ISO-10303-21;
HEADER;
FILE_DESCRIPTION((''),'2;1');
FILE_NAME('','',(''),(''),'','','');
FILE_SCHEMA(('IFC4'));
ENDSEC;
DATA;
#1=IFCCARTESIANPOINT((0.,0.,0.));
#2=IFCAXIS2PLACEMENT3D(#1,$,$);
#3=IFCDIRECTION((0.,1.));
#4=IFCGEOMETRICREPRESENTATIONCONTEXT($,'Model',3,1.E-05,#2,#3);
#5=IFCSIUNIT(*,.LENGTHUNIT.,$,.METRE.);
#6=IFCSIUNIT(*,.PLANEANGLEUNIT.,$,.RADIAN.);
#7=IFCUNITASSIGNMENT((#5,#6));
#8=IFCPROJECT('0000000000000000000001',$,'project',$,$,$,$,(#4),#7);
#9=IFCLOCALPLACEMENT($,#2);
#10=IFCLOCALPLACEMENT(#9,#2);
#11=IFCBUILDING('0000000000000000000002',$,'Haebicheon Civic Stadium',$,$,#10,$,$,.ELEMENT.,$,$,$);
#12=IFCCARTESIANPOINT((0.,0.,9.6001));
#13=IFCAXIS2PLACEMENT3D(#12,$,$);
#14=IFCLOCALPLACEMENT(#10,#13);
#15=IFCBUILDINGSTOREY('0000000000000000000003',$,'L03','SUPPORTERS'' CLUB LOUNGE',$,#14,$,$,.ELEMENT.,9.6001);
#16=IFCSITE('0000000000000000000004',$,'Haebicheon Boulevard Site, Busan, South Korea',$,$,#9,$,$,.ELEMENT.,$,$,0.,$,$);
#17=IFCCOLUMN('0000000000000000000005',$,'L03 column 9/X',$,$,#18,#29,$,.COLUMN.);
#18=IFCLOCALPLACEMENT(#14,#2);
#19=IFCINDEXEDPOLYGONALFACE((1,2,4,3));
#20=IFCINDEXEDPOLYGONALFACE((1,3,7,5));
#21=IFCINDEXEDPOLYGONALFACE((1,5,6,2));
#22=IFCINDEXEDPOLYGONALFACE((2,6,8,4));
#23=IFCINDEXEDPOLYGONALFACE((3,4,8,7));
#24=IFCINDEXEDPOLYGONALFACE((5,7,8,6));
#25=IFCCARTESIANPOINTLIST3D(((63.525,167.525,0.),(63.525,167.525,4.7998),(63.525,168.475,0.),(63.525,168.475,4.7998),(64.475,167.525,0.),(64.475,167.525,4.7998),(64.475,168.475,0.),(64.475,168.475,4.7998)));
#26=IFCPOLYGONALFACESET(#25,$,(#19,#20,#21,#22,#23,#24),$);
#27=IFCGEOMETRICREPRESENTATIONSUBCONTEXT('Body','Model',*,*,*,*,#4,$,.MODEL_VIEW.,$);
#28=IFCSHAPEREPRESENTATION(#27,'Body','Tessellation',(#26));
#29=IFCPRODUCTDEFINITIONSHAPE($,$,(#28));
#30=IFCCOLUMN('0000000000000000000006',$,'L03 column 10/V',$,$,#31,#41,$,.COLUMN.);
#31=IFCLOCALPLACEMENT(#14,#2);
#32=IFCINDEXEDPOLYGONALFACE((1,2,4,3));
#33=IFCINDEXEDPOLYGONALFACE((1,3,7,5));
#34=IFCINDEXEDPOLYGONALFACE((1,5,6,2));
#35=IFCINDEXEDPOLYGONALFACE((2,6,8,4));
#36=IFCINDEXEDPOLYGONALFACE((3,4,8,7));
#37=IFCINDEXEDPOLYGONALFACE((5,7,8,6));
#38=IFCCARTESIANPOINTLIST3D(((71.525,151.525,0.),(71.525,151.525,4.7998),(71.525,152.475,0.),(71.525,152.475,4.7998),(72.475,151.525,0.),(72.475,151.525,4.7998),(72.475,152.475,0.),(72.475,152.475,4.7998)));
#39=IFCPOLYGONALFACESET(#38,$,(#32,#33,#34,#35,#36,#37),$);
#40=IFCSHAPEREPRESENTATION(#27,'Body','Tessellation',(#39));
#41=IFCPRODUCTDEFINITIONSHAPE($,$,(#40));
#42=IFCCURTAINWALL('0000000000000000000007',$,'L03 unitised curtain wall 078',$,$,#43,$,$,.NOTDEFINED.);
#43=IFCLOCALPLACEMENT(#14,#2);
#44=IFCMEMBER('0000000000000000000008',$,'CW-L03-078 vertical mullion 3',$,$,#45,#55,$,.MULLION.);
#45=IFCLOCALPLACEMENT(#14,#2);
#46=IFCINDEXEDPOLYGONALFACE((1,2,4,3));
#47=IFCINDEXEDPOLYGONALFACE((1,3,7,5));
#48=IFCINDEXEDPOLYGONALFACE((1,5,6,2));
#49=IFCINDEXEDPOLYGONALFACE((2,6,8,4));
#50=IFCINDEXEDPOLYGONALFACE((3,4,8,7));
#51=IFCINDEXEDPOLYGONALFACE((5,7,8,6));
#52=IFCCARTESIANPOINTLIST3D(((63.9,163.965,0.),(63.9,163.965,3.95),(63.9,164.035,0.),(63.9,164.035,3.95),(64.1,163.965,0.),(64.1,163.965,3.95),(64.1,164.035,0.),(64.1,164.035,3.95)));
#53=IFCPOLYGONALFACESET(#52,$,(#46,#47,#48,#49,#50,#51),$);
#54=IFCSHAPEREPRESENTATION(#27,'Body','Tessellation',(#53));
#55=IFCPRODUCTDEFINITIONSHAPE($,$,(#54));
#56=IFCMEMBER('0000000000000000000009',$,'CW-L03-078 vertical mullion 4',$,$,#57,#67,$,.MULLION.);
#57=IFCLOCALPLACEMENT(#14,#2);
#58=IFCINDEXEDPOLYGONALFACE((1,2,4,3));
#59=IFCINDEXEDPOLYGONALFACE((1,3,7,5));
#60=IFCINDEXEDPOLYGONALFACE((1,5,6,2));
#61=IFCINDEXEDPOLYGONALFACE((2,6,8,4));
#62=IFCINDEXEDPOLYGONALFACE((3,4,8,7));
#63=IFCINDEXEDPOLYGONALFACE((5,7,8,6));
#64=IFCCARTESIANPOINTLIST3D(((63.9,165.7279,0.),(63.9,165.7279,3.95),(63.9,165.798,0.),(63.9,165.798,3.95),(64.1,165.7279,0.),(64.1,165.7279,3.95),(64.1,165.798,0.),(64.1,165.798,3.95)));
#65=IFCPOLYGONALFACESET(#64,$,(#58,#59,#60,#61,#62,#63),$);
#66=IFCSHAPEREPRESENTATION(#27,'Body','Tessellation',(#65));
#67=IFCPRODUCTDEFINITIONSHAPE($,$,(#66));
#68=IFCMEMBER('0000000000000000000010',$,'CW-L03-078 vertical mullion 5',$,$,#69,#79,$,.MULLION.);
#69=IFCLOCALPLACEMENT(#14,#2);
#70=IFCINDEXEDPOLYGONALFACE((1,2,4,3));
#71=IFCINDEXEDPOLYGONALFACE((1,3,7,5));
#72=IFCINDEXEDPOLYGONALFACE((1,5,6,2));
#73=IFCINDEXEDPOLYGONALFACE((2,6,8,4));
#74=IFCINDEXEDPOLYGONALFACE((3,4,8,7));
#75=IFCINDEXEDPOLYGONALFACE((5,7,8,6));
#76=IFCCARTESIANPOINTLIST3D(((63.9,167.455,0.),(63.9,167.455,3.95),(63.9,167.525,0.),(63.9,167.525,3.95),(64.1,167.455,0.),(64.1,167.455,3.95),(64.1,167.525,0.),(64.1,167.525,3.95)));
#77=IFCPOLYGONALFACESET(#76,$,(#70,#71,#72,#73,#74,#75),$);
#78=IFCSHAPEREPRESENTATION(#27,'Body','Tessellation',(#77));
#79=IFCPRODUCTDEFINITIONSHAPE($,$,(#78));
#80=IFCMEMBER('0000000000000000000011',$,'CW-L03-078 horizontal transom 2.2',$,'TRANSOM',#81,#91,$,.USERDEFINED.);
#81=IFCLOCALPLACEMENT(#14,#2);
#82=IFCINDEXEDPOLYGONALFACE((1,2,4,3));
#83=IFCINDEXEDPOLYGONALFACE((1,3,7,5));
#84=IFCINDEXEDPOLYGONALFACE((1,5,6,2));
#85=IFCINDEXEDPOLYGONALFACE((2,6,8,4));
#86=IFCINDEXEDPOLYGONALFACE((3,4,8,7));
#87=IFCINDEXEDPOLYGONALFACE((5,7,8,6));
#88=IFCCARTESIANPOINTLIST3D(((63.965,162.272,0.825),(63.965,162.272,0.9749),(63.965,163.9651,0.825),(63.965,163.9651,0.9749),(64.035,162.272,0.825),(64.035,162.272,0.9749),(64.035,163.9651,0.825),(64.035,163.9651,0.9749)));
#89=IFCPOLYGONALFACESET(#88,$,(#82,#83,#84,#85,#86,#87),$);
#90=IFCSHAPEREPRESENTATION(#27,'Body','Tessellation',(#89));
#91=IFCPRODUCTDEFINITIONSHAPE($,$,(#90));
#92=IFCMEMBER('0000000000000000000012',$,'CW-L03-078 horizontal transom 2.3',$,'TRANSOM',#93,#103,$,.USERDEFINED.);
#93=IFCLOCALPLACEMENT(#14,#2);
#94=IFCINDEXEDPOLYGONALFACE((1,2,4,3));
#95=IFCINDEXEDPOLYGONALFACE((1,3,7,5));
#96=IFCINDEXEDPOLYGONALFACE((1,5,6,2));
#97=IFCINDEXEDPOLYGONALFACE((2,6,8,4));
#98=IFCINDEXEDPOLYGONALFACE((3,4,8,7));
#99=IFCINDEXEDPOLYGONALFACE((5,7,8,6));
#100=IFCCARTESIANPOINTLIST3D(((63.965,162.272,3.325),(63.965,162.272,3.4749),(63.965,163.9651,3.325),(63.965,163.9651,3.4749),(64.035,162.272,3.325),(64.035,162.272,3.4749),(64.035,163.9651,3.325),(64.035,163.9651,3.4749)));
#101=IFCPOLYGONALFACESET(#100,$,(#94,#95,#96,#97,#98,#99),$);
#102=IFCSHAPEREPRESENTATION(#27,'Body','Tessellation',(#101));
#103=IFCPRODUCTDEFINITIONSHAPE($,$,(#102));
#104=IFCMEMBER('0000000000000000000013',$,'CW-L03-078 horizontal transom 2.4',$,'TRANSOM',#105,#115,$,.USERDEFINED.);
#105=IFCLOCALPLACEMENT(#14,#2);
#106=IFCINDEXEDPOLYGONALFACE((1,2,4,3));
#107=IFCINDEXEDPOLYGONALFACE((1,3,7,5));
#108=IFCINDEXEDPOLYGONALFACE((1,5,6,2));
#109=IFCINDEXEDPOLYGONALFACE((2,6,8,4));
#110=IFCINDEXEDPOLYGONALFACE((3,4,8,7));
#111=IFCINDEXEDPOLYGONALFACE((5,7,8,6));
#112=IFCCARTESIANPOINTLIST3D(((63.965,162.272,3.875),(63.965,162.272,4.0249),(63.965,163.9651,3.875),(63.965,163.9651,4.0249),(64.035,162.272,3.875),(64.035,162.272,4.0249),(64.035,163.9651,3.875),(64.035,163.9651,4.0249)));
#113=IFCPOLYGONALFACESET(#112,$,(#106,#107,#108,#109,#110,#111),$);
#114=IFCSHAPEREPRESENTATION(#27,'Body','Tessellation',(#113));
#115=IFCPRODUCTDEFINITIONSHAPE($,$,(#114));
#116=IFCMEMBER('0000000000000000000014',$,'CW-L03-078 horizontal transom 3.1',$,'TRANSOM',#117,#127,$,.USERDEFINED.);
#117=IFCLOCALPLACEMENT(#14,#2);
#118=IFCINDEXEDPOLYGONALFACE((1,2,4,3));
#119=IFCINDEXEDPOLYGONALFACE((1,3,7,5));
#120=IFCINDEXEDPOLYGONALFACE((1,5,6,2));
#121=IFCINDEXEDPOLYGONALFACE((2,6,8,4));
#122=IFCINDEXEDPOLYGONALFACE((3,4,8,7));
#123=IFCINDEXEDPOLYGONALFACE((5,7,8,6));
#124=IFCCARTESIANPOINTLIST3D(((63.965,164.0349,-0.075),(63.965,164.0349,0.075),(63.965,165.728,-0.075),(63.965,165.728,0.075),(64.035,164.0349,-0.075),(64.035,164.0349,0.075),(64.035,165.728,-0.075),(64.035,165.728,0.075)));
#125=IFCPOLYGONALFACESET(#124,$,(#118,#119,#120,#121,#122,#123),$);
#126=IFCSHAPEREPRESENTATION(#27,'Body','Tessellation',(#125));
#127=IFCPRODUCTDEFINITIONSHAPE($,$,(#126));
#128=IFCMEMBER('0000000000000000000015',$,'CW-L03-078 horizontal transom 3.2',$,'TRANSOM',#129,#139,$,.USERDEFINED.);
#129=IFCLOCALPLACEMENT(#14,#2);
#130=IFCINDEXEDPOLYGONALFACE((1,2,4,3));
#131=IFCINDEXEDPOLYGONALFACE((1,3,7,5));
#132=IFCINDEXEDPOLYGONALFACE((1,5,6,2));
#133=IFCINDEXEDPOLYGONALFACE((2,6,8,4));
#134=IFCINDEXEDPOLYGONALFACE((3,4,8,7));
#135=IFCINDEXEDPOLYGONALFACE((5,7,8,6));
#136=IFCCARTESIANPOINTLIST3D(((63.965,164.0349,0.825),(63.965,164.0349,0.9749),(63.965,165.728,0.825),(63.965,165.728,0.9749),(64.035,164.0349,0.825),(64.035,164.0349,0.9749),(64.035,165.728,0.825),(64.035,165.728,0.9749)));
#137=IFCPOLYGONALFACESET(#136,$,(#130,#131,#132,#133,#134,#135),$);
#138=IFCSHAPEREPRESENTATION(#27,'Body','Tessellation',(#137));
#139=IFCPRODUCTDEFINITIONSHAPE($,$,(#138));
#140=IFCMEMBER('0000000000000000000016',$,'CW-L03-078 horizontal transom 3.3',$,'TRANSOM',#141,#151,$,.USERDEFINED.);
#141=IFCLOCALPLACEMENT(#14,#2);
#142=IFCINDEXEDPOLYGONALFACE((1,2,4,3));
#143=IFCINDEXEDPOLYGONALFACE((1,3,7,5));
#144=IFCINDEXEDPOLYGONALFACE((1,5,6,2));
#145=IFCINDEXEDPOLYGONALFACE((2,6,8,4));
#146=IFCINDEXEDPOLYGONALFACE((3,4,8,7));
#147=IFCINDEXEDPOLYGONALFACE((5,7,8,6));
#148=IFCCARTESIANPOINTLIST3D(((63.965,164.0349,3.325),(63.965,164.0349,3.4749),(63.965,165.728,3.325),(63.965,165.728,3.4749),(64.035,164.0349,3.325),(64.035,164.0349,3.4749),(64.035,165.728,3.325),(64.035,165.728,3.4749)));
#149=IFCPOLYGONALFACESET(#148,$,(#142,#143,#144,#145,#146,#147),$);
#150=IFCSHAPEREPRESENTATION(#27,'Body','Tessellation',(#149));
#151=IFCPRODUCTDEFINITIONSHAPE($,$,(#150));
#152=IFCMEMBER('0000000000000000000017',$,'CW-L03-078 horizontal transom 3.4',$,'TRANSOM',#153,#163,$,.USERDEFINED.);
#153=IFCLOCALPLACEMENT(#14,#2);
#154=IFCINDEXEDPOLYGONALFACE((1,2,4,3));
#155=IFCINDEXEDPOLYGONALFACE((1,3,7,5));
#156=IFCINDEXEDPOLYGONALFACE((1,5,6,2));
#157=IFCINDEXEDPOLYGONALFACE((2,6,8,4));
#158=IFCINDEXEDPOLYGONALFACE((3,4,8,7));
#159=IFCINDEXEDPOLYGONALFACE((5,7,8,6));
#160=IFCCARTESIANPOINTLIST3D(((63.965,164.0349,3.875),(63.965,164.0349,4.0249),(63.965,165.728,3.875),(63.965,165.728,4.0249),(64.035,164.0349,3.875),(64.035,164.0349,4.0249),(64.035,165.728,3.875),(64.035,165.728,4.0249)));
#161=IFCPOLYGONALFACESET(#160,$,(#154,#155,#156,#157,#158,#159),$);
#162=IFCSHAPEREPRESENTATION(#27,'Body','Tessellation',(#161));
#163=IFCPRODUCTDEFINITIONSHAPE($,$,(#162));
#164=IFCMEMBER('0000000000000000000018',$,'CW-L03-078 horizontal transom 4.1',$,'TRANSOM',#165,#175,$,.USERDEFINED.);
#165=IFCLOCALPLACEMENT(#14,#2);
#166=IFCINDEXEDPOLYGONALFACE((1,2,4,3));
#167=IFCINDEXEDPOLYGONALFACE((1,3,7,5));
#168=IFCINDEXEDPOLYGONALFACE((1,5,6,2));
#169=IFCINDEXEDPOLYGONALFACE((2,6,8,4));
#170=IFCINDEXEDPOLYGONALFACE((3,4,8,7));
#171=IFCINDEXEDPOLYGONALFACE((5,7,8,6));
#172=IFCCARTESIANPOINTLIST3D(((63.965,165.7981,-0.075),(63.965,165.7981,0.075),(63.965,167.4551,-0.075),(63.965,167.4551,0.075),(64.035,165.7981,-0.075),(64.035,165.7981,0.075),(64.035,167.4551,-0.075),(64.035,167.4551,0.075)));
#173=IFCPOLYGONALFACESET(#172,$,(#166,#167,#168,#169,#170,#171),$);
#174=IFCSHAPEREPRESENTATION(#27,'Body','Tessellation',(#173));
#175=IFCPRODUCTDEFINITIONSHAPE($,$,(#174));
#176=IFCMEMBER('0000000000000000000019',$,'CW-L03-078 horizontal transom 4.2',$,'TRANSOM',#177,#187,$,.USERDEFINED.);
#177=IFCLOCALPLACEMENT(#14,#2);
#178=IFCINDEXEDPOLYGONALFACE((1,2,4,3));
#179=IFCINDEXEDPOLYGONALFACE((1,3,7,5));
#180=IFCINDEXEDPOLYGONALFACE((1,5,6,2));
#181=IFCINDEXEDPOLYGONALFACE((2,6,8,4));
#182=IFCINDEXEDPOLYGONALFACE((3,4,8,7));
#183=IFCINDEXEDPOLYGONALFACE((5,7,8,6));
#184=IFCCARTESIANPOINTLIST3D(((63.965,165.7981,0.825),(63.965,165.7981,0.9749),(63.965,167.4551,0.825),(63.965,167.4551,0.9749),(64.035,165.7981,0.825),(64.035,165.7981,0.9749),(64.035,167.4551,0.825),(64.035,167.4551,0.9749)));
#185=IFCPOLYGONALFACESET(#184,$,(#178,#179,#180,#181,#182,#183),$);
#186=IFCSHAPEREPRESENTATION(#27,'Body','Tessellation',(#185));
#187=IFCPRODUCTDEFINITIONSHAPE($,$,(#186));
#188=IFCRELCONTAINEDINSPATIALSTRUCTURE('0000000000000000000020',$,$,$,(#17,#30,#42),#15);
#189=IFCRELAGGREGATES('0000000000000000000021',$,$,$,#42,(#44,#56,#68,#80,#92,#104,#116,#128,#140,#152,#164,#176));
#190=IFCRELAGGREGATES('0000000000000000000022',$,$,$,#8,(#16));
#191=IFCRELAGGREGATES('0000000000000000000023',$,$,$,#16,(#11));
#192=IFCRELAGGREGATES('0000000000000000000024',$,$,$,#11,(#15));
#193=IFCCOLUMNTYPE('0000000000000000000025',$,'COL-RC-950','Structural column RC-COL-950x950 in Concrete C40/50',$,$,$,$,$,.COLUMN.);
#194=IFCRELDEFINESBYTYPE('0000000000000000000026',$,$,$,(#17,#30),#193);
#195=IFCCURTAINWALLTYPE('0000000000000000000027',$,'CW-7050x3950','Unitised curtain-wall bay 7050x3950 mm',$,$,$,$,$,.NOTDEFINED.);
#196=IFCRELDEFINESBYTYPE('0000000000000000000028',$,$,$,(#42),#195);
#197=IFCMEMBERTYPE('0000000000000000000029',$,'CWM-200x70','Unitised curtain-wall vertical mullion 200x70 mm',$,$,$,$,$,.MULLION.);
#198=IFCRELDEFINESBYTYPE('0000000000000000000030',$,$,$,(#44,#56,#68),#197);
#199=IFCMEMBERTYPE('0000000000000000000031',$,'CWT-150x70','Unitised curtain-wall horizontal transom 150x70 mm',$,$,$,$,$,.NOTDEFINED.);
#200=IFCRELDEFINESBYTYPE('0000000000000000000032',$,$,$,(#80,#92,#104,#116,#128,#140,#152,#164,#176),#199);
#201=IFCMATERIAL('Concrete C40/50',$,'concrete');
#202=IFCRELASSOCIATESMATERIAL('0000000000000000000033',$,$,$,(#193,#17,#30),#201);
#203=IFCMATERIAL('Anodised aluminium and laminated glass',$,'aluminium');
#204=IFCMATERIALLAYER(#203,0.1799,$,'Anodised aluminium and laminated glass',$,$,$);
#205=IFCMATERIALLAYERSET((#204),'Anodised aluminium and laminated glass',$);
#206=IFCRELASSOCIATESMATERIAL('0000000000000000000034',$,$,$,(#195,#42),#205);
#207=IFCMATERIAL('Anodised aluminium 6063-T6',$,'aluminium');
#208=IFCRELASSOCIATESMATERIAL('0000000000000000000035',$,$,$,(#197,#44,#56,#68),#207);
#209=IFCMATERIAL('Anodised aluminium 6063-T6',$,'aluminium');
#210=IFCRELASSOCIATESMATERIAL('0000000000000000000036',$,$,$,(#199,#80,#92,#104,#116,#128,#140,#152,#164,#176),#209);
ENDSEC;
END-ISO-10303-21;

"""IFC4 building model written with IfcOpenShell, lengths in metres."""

from ifc_helpers import new_model, si_unit, direction, frame, origin, origin_2d, place, context, subcontext, project, spatial, rectangle, extrude, material, layer, layer_set, material_profile, profile_set, type_object, element, aggregate, save


model = new_model("IFC4")

# Units and contexts
model_context = context("Model", 3, precision=1e-05, world=origin(), true_north=direction((0.0, 1.0)))
body_context = subcontext(model_context, "Body", "Model", "MODEL_VIEW")
ifc_project = project(units=[si_unit("LENGTHUNIT", "METRE"), si_unit("PLANEANGLEUNIT", "RADIAN")], contexts=[model_context])

# Site, building, storey
site_placement = place(None, origin())
site = spatial("IfcSite", under=ifc_project, at=site_placement, Name="Haebicheon Boulevard Site, Busan, South Korea", CompositionType="ELEMENT", RefElevation=0.0)
building_placement = place(site_placement, origin())
building = spatial("IfcBuilding", under=site, at=building_placement, Name="Haebicheon Civic Stadium", CompositionType="ELEMENT")
storey_placement = place(building_placement, frame((0.0, 0.0, 9.6001)))
storey = spatial("IfcBuildingStorey", under=building, at=storey_placement, Name="L03", Description="SUPPORTERS' CLUB LOUNGE", CompositionType="ELEMENT", Elevation=9.6001)

# Columns
ifc_material_1 = material(Name="Concrete C40/50", Category="concrete")
ifc_material_profile_1 = material_profile(ifc_material_1, rectangle(XDim=0.95, YDim=0.95, at=origin_2d()), Name="RC-COL-950x950")
ifc_profile_set_1 = profile_set([ifc_material_profile_1], Name="Concrete C40/50")
column_type = type_object("IfcColumnType", Name="COL-RC-950", Description="Structural column RC-COL-950x950 in Concrete C40/50", PredefinedType="COLUMN", material=ifc_profile_set_1)
for number, where, z_axis, x_axis, name in (
    (1, (64.0, 168.0, 0.0), (0.0, 0.0, 1.0), (1.0, 0.0, 0.0), "L03 column 9/X"),
    (2, (72.0, 152.0, 0.0), (0.0, 0.0, 1.0), (1.0, 0.0, 0.0), "L03 column 10/V"),
):
    element("IfcColumn", number, at=place(storey_placement, frame(where, z_axis=z_axis, x_axis=x_axis)), inside=storey, type_object=column_type, material=ifc_profile_set_1, Name=name, PredefinedType="COLUMN", context=body_context, shape_type="SweptSolid", body=[
        extrude(rectangle(XDim=0.95, YDim=0.95, at=origin_2d()), origin(), (0.0, 0.0, 1.0), 4.7998),
    ])

# Curtain wall, members
ifc_material_2 = material(Name="Anodised aluminium and laminated glass", Category="aluminium")
ifc_layer_1 = layer(ifc_material_2, 0.1799, Name="Anodised aluminium and laminated glass")
ifc_layer_set_1 = layer_set([ifc_layer_1], Name="Anodised aluminium and laminated glass")
curtain_wall_type = type_object("IfcCurtainWallType", Name="CW-7050x3950", Description="Unitised curtain-wall bay 7050x3950 mm", PredefinedType="NOTDEFINED", material=ifc_layer_set_1)
curtain_wall_placement = place(storey_placement, origin())
curtain_wall = element("IfcCurtainWall", 3, at=curtain_wall_placement, inside=storey, type_object=curtain_wall_type, material=ifc_layer_set_1, Name="L03 unitised curtain wall 078", PredefinedType="NOTDEFINED")
ifc_material_3 = material(Name="Anodised aluminium 6063-T6", Category="aluminium")
ifc_material_profile_2 = material_profile(ifc_material_3, rectangle(XDim=0.0701, YDim=0.2, at=origin_2d()), Name="ALU-MULL-70x200")
ifc_profile_set_2 = profile_set([ifc_material_profile_2], Name="Anodised aluminium 6063-T6")
member_type_1 = type_object("IfcMemberType", Name="CWM-200x70", Description="Unitised curtain-wall vertical mullion 200x70 mm", PredefinedType="MULLION", material=ifc_profile_set_2)
member_1_placement = place(storey_placement, frame((64.0, 164.0, 0.0), z_axis=(0.0, 0.0, 1.0), x_axis=(0.0, 1.0, 0.0)))
member_1 = element("IfcMember", 4, at=member_1_placement, type_object=member_type_1, material=ifc_profile_set_2, Name="CW-L03-078 vertical mullion 3", PredefinedType="MULLION", context=body_context, shape_type="SweptSolid", body=[
    extrude(rectangle(XDim=0.0701, YDim=0.2, at=origin_2d()), origin(), (0.0, 0.0, 1.0), 3.95),
])
member_2_placement = place(storey_placement, frame((64.0, 165.7629, 0.0), z_axis=(0.0, 0.0, 1.0), x_axis=(0.0, 1.0, 0.0)))
member_2 = element("IfcMember", 5, at=member_2_placement, type_object=member_type_1, material=ifc_profile_set_2, Name="CW-L03-078 vertical mullion 4", PredefinedType="MULLION", context=body_context, shape_type="SweptSolid", body=[
    extrude(rectangle(XDim=0.0701, YDim=0.2, at=origin_2d()), origin(), (0.0, 0.0, 1.0), 3.95),
])
member_3_placement = place(storey_placement, frame((64.0, 167.49, 0.0), z_axis=(0.0, 0.0, 1.0), x_axis=(0.0, 1.0, 0.0)))
member_3 = element("IfcMember", 6, at=member_3_placement, type_object=member_type_1, material=ifc_profile_set_2, Name="CW-L03-078 vertical mullion 5", PredefinedType="MULLION", context=body_context, shape_type="SweptSolid", body=[
    extrude(rectangle(XDim=0.0701, YDim=0.2, at=origin_2d()), origin(), (0.0, 0.0, 1.0), 3.95),
])
ifc_material_4 = material(Name="Anodised aluminium 6063-T6", Category="aluminium")
ifc_material_profile_3 = material_profile(ifc_material_4, rectangle(XDim=0.0701, YDim=0.1499, at=origin_2d()), Name="ALU-TRAN-70x150")
ifc_profile_set_3 = profile_set([ifc_material_profile_3], Name="Anodised aluminium 6063-T6")
member_type_2 = type_object("IfcMemberType", Name="CWT-150x70", Description="Unitised curtain-wall horizontal transom 150x70 mm", PredefinedType="NOTDEFINED", material=ifc_profile_set_3)
member_4_placement = place(storey_placement, frame((64.0, 162.272, 0.8999), z_axis=(0.0, 1.0, 0.0), x_axis=(-1.0, 0.0, 0.0)))
member_4 = element("IfcMember", 7, at=member_4_placement, type_object=member_type_2, material=ifc_profile_set_3, Name="CW-L03-078 horizontal transom 2.2", ObjectType="TRANSOM", PredefinedType="USERDEFINED", context=body_context, shape_type="SweptSolid", body=[
    extrude(rectangle(XDim=0.0701, YDim=0.1499, at=origin_2d()), origin(), (0.0, 0.0, 1.0), 1.6931),
])
member_5_placement = place(storey_placement, frame((64.0, 162.272, 3.3999), z_axis=(0.0, 1.0, 0.0), x_axis=(-1.0, 0.0, 0.0)))
member_5 = element("IfcMember", 8, at=member_5_placement, type_object=member_type_2, material=ifc_profile_set_3, Name="CW-L03-078 horizontal transom 2.3", ObjectType="TRANSOM", PredefinedType="USERDEFINED", context=body_context, shape_type="SweptSolid", body=[
    extrude(rectangle(XDim=0.0701, YDim=0.1499, at=origin_2d()), origin(), (0.0, 0.0, 1.0), 1.6931),
])
member_6_placement = place(storey_placement, frame((64.0, 162.272, 3.95), z_axis=(0.0, 1.0, 0.0), x_axis=(-1.0, 0.0, 0.0)))
member_6 = element("IfcMember", 9, at=member_6_placement, type_object=member_type_2, material=ifc_profile_set_3, Name="CW-L03-078 horizontal transom 2.4", ObjectType="TRANSOM", PredefinedType="USERDEFINED", context=body_context, shape_type="SweptSolid", body=[
    extrude(rectangle(XDim=0.0701, YDim=0.1499, at=origin_2d()), origin(), (0.0, 0.0, 1.0), 1.6931),
])
member_7_placement = place(storey_placement, frame((64.0, 164.0349, 0.0), z_axis=(0.0, 1.0, 0.0), x_axis=(-1.0, 0.0, 0.0)))
member_7 = element("IfcMember", 10, at=member_7_placement, type_object=member_type_2, material=ifc_profile_set_3, Name="CW-L03-078 horizontal transom 3.1", ObjectType="TRANSOM", PredefinedType="USERDEFINED", context=body_context, shape_type="SweptSolid", body=[
    extrude(rectangle(XDim=0.0701, YDim=0.1499, at=origin_2d()), origin(), (0.0, 0.0, 1.0), 1.6931),
])
member_8_placement = place(storey_placement, frame((64.0, 164.0349, 0.8999), z_axis=(0.0, 1.0, 0.0), x_axis=(-1.0, 0.0, 0.0)))
member_8 = element("IfcMember", 11, at=member_8_placement, type_object=member_type_2, material=ifc_profile_set_3, Name="CW-L03-078 horizontal transom 3.2", ObjectType="TRANSOM", PredefinedType="USERDEFINED", context=body_context, shape_type="SweptSolid", body=[
    extrude(rectangle(XDim=0.0701, YDim=0.1499, at=origin_2d()), origin(), (0.0, 0.0, 1.0), 1.6931),
])
member_9_placement = place(storey_placement, frame((64.0, 164.0349, 3.3999), z_axis=(0.0, 1.0, 0.0), x_axis=(-1.0, 0.0, 0.0)))
member_9 = element("IfcMember", 12, at=member_9_placement, type_object=member_type_2, material=ifc_profile_set_3, Name="CW-L03-078 horizontal transom 3.3", ObjectType="TRANSOM", PredefinedType="USERDEFINED", context=body_context, shape_type="SweptSolid", body=[
    extrude(rectangle(XDim=0.0701, YDim=0.1499, at=origin_2d()), origin(), (0.0, 0.0, 1.0), 1.6931),
])
member_10_placement = place(storey_placement, frame((64.0, 164.0349, 3.95), z_axis=(0.0, 1.0, 0.0), x_axis=(-1.0, 0.0, 0.0)))
member_10 = element("IfcMember", 13, at=member_10_placement, type_object=member_type_2, material=ifc_profile_set_3, Name="CW-L03-078 horizontal transom 3.4", ObjectType="TRANSOM", PredefinedType="USERDEFINED", context=body_context, shape_type="SweptSolid", body=[
    extrude(rectangle(XDim=0.0701, YDim=0.1499, at=origin_2d()), origin(), (0.0, 0.0, 1.0), 1.6931),
])
member_11_placement = place(storey_placement, frame((64.0, 165.7981, 0.0), z_axis=(0.0, 1.0, 0.0), x_axis=(-1.0, 0.0, 0.0)))
member_11 = element("IfcMember", 14, at=member_11_placement, type_object=member_type_2, material=ifc_profile_set_3, Name="CW-L03-078 horizontal transom 4.1", ObjectType="TRANSOM", PredefinedType="USERDEFINED", context=body_context, shape_type="SweptSolid", body=[
    extrude(rectangle(XDim=0.0701, YDim=0.1499, at=origin_2d()), origin(), (0.0, 0.0, 1.0), 1.657),
])
member_12_placement = place(storey_placement, frame((64.0, 165.7981, 0.8999), z_axis=(0.0, 1.0, 0.0), x_axis=(-1.0, 0.0, 0.0)))
member_12 = element("IfcMember", 15, at=member_12_placement, type_object=member_type_2, material=ifc_profile_set_3, Name="CW-L03-078 horizontal transom 4.2", ObjectType="TRANSOM", PredefinedType="USERDEFINED", context=body_context, shape_type="SweptSolid", body=[
    extrude(rectangle(XDim=0.0701, YDim=0.1499, at=origin_2d()), origin(), (0.0, 0.0, 1.0), 1.657),
])

aggregate(curtain_wall, [member_1, member_2, member_3, member_4, member_5, member_6, member_7, member_8, member_9, member_10, member_11, member_12])

save(model, "model.ifc")
